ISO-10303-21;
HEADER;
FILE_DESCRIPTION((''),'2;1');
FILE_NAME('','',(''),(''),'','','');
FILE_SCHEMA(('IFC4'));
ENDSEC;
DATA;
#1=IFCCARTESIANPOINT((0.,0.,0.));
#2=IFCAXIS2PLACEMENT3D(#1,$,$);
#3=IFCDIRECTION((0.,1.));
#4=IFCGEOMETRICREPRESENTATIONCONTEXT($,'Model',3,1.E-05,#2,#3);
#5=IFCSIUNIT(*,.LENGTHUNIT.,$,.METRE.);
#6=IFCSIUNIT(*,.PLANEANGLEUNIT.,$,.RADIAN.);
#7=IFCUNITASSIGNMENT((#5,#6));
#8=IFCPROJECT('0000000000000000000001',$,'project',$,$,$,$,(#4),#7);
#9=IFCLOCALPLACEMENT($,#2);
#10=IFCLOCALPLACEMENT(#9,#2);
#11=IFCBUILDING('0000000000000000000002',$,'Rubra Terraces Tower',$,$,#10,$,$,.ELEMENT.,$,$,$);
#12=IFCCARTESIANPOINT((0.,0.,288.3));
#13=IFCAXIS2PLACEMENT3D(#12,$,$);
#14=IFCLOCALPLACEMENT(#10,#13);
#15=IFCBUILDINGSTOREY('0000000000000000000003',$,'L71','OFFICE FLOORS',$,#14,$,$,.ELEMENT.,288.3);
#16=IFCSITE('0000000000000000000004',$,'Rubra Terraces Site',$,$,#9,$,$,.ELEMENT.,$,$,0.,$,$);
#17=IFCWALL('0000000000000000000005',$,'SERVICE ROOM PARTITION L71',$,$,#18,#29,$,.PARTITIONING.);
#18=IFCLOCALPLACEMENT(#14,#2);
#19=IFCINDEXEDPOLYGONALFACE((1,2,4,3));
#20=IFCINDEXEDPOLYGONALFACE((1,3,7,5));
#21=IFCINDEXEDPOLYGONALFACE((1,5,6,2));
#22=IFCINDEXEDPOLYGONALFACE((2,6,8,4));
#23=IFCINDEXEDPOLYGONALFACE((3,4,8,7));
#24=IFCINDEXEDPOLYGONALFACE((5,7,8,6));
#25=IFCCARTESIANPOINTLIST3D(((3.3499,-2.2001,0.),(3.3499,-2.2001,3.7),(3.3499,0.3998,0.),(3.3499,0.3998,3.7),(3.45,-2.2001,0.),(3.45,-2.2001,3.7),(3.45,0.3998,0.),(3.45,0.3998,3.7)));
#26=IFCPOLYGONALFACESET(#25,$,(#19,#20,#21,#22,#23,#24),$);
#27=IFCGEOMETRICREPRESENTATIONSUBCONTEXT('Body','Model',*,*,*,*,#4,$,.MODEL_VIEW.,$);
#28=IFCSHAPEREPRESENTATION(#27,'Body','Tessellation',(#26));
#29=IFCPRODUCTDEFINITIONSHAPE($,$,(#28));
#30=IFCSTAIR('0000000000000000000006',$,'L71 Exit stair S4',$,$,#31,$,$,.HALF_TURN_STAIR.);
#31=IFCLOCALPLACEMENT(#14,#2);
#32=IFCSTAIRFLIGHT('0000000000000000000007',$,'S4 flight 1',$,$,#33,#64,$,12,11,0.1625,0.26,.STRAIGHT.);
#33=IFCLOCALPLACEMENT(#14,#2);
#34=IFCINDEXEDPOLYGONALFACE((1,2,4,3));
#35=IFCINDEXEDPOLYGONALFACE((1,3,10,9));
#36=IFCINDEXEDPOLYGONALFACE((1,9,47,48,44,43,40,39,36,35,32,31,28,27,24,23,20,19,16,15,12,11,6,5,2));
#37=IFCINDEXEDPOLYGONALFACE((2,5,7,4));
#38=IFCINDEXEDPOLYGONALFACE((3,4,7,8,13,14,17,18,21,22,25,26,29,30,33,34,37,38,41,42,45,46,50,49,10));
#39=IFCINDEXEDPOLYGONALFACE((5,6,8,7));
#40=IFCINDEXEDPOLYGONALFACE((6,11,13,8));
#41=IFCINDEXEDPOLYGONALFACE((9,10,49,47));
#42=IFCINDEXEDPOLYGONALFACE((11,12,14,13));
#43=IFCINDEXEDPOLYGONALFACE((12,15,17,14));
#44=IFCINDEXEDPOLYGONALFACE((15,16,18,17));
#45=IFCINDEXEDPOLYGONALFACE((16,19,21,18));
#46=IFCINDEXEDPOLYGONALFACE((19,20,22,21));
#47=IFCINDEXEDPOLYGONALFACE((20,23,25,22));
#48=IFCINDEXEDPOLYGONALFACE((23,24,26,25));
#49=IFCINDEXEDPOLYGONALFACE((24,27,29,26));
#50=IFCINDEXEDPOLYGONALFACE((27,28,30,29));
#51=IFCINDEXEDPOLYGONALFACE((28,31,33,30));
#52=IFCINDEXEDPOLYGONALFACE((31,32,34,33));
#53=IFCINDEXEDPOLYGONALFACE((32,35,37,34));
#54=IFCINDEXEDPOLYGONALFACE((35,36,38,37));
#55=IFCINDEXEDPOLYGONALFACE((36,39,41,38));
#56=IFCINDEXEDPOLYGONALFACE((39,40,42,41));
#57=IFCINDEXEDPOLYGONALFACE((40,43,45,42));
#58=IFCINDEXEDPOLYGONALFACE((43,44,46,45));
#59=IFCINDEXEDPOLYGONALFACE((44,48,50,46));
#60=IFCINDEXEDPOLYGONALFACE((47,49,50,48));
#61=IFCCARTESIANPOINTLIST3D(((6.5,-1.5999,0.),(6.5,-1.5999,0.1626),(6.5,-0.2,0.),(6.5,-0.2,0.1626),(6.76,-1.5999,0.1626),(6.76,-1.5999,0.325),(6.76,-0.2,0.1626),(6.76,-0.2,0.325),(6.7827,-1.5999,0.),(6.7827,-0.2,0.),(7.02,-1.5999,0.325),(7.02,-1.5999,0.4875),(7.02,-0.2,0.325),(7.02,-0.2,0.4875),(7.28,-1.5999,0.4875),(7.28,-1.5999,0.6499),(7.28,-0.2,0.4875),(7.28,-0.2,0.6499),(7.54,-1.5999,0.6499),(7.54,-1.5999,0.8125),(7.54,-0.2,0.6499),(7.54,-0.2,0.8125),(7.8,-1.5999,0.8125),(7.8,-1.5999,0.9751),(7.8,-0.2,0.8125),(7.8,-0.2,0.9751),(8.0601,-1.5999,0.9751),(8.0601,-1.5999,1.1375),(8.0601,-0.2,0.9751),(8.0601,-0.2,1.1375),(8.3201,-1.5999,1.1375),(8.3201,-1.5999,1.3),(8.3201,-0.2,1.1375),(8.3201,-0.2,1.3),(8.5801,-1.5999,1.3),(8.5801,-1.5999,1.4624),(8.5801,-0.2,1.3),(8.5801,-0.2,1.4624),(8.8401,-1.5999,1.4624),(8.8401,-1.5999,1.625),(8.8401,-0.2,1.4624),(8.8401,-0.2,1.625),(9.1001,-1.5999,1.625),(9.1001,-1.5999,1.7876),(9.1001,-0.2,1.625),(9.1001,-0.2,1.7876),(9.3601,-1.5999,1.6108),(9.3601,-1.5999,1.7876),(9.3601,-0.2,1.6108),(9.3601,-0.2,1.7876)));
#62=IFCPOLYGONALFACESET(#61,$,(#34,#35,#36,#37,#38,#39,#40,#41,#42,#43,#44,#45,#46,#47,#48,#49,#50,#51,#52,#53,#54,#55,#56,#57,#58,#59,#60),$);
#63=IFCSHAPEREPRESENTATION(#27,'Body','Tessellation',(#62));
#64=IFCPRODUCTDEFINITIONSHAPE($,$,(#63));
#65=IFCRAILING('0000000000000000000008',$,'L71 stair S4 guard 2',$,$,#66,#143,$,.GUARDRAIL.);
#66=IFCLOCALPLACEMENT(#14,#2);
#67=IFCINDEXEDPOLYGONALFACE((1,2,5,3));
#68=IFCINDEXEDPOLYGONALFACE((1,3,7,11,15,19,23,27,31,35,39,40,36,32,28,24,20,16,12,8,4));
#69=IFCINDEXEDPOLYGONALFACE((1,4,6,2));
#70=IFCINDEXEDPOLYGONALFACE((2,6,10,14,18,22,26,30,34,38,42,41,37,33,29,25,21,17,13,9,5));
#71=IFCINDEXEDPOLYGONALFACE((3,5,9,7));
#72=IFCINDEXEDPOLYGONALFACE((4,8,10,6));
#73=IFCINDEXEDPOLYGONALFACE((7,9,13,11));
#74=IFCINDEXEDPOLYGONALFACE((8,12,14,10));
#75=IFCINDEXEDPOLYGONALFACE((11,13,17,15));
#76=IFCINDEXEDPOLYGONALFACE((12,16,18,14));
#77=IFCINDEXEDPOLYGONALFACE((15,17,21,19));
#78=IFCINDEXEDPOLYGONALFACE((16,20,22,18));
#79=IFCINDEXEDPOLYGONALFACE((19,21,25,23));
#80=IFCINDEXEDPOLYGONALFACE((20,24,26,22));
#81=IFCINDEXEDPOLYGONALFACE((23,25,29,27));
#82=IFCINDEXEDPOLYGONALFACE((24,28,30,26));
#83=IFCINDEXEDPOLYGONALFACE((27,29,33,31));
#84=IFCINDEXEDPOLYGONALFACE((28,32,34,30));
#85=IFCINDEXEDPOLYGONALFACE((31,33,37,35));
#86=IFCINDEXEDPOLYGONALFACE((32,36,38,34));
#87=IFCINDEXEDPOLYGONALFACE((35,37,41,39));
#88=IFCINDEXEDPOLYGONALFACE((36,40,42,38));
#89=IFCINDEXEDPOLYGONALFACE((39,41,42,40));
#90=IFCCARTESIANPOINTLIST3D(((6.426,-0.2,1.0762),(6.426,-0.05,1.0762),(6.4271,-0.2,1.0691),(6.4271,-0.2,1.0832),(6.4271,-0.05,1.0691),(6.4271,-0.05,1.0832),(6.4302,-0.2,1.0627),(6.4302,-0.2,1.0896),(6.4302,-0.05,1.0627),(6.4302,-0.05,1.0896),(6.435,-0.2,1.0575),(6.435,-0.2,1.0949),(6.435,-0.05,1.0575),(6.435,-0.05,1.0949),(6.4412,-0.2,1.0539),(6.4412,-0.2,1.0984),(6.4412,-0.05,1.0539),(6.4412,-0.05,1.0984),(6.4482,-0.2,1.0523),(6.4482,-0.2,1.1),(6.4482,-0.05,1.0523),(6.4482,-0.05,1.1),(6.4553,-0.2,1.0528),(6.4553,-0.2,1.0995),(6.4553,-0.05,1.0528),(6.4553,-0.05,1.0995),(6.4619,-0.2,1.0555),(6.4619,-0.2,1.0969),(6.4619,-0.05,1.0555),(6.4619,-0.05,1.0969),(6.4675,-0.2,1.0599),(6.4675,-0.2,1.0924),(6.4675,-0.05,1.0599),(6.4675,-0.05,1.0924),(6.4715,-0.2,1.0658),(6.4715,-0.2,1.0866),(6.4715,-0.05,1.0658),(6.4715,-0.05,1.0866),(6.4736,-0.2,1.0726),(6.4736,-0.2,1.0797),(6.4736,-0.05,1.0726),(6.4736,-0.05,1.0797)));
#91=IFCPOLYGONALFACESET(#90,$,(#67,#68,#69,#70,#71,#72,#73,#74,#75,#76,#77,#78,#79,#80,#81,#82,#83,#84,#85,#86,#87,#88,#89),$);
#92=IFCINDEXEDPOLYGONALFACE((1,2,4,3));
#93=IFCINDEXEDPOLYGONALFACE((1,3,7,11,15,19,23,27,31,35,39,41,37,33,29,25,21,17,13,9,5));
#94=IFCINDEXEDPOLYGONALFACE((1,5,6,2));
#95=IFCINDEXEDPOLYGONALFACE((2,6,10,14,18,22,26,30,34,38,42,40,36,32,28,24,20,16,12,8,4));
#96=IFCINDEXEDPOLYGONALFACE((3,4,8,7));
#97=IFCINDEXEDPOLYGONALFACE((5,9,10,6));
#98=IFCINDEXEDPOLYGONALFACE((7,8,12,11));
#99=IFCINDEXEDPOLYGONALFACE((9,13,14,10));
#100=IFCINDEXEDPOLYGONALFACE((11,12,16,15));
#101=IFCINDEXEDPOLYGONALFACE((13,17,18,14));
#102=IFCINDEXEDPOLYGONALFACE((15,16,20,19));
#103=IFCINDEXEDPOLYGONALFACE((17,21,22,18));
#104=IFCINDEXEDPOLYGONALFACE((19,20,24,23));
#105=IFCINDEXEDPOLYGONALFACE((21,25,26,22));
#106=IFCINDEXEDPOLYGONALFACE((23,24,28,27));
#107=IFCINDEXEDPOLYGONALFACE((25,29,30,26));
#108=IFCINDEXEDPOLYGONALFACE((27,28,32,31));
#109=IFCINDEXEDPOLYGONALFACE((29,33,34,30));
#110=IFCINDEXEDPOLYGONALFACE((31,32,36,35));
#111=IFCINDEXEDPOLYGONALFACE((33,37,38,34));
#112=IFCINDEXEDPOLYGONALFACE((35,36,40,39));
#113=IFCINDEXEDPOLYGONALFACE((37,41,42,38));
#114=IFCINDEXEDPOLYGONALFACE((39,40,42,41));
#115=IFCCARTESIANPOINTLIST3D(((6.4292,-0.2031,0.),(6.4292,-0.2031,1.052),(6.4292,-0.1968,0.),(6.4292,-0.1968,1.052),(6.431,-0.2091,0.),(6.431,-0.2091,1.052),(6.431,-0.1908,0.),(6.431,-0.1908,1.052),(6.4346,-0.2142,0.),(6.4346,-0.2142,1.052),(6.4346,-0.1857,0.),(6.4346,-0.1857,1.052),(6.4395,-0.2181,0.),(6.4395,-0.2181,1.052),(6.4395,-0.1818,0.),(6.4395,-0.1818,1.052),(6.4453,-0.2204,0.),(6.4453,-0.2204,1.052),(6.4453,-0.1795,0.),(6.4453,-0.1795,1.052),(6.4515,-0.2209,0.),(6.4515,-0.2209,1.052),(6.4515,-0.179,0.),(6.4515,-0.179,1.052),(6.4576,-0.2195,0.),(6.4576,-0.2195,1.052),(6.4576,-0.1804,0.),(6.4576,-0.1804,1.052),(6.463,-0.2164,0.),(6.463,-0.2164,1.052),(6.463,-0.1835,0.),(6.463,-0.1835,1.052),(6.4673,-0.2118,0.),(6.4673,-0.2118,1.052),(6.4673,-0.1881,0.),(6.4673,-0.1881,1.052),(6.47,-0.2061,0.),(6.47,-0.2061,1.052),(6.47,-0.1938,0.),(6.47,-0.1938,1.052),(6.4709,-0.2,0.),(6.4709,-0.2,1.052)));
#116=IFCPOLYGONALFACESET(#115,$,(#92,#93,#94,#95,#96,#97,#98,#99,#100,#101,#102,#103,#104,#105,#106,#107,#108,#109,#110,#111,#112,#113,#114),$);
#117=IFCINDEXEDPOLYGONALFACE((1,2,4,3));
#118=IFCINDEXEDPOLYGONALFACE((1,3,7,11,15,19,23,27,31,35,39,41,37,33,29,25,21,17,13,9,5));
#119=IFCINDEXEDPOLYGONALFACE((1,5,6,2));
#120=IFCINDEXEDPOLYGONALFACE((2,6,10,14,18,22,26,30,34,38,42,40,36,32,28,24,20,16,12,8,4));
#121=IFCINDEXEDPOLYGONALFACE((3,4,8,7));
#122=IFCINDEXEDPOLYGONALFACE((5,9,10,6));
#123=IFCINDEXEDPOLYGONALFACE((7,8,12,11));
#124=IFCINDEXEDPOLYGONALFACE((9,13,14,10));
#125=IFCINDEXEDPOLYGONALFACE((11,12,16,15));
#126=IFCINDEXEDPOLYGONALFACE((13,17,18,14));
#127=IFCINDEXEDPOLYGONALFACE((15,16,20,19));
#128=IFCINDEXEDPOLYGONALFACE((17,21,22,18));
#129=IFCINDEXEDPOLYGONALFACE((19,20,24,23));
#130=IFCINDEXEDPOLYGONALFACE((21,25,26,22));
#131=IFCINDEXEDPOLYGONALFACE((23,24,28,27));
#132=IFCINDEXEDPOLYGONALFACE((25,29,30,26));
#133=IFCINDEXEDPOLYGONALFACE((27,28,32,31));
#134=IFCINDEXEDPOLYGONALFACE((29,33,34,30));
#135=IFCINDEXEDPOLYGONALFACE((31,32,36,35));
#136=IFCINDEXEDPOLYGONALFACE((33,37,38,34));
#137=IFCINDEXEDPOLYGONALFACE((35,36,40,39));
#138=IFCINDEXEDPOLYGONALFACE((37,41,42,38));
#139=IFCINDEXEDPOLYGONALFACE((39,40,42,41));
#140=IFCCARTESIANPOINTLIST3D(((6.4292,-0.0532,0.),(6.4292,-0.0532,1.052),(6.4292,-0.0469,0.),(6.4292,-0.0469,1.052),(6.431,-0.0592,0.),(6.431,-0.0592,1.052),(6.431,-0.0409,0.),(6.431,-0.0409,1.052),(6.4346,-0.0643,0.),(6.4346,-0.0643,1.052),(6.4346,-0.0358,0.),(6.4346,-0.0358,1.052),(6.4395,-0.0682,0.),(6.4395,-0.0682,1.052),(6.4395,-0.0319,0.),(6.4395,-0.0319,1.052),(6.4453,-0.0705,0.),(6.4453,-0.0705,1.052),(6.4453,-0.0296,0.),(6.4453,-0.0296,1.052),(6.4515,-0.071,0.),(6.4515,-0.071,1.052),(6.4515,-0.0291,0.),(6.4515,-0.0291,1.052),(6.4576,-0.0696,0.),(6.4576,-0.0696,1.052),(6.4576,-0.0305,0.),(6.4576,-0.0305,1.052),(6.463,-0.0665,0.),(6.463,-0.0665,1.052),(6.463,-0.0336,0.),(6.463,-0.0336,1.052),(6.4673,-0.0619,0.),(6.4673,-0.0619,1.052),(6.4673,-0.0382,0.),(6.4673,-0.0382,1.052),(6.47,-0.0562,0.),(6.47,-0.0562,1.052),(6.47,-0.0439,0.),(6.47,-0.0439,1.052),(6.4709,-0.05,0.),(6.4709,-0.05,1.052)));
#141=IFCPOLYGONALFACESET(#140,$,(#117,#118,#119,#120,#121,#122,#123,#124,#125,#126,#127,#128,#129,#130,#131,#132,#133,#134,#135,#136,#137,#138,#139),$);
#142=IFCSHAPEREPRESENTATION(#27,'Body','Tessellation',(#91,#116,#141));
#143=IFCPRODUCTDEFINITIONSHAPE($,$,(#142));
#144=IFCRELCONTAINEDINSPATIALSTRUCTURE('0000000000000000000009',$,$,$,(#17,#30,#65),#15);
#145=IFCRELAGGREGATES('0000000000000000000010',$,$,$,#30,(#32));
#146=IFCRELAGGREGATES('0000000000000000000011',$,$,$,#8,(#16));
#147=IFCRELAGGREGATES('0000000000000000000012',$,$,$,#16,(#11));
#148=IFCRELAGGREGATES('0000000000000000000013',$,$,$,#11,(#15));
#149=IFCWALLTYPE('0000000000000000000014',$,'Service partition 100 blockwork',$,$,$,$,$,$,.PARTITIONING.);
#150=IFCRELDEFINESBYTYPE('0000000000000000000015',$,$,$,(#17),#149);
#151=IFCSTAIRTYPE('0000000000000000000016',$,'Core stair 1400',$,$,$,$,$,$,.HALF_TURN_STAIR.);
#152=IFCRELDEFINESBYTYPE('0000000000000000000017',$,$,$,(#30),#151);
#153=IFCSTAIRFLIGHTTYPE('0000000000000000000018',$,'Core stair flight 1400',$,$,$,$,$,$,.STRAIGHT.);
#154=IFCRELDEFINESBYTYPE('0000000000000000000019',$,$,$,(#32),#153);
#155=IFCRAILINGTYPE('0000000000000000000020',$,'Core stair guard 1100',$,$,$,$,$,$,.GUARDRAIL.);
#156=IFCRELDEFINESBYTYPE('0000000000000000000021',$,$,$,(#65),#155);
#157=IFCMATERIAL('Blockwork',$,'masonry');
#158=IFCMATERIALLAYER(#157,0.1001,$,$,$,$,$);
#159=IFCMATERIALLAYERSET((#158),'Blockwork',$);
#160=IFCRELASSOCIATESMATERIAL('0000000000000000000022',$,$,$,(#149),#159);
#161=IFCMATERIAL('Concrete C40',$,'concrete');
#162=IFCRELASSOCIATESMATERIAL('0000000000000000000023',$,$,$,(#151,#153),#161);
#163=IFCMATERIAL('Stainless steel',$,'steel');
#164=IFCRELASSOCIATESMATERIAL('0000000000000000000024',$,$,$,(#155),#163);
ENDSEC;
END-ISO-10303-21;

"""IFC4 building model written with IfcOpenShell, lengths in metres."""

from ifc_helpers import new_model, si_unit, direction, frame, frame_2d, origin, origin_2d, place, context, subcontext, project, spatial, polyline, rectangle, circle, outline, extrude, material, layer, layer_set, type_object, element, aggregate, save


model = new_model("IFC4")

# Units and contexts
model_context = context("Model", 3, precision=1e-05, world=origin(), true_north=direction((0.0, 1.0)))
body_context = subcontext(model_context, "Body", "Model", "MODEL_VIEW")
ifc_project = project(units=[si_unit("LENGTHUNIT", "METRE"), si_unit("PLANEANGLEUNIT", "RADIAN")], contexts=[model_context])

# Site, building, storey
site_placement = place(None, origin())
site = spatial("IfcSite", under=ifc_project, at=site_placement, Name="Rubra Terraces Site", CompositionType="ELEMENT", RefElevation=0.0)
building_placement = place(site_placement, origin())
building = spatial("IfcBuilding", under=site, at=building_placement, Name="Rubra Terraces Tower", CompositionType="ELEMENT")
storey_placement = place(building_placement, frame((0.0, 0.0, 288.3)))
storey = spatial("IfcBuildingStorey", under=building, at=storey_placement, Name="L71", Description="OFFICE FLOORS", CompositionType="ELEMENT", Elevation=288.3)

# Wall
ifc_material_1 = material(Name="Concrete C40", Category="concrete")
ifc_material_2 = material(Name="Blockwork", Category="masonry")
ifc_layer_1 = layer(ifc_material_2, 0.1001)
ifc_layer_set_1 = layer_set([ifc_layer_1], Name="Blockwork")
wall_type_1 = type_object("IfcWallType", Name="Service partition 100 blockwork", PredefinedType="PARTITIONING", material=ifc_layer_set_1)
for number, where, z_axis, x_axis, name in (
    (1, (3.3999, -2.2, 0.0), (0.0, 0.0, 1.0), (0.0, 1.0, 0.0), "SERVICE ROOM PARTITION L71"),
):
    element("IfcWall", number, at=place(storey_placement, frame(where, z_axis=z_axis, x_axis=x_axis)), inside=storey, type_object=wall_type_1, Name=name, PredefinedType="PARTITIONING", context=body_context, shape_type="SweptSolid", body=[
        extrude(rectangle(XDim=2.5999, YDim=0.1001, at=frame_2d((1.2998, 0.0))), origin(), (0.0, 0.0, 1.0), 3.7),
    ])

# Stair, stair flight
stair_type = type_object("IfcStairType", Name="Core stair 1400", PredefinedType="HALF_TURN_STAIR", material=ifc_material_1)
stair_placement = place(storey_placement, origin())
stair = element("IfcStair", 2, at=stair_placement, inside=storey, type_object=stair_type, Name="L71 Exit stair S4", PredefinedType="HALF_TURN_STAIR")
stair_flight_type = type_object("IfcStairFlightType", Name="Core stair flight 1400", PredefinedType="STRAIGHT", material=ifc_material_1)
stair_flight_placement = place(storey_placement, frame((6.5, -0.8999, 0.0), z_axis=(0.0, 0.0, 1.0), x_axis=(1.0, 0.0, 0.0)))
stair_flight = element("IfcStairFlight", 3, at=stair_flight_placement, type_object=stair_flight_type, Name="S4 flight 1", NumberOfRisers=12, NumberOfTreads=11, PredefinedType="STRAIGHT", RiserHeight=0.1625, TreadLength=0.26, context=body_context, shape_type="SweptSolid", body=[
    extrude(outline(polyline([(0.0, 0.0), (0.0, 0.1626), (0.26, 0.1626), (0.26, 0.325), (0.52, 0.325), (0.52, 0.4875), (0.78, 0.4875), (0.78, 0.6499), (1.04, 0.6499), (1.04, 0.8125), (1.3, 0.8125), (1.3, 0.9751), (1.5601, 0.9751), (1.5601, 1.1375), (1.8201, 1.1375), (1.8201, 1.3), (2.0801, 1.3), (2.0801, 1.4624), (2.3401, 1.4624), (2.3401, 1.625), (2.6001, 1.625), (2.6001, 1.7876), (2.8601, 1.7876), (2.8601, 1.95), (2.8601, 1.6108), (0.2827, 0.0), (0.0, 0.0)])), frame((0.0, 0.7, 0.0), z_axis=(0.0, -1.0, 0.0), x_axis=(1.0, 0.0, 0.0)), (0.0, 0.0, 1.0), 1.3999),
])
aggregate(stair, [stair_flight])

# Railing
ifc_material_3 = material(Name="Stainless steel", Category="steel")
railing_type_1 = type_object("IfcRailingType", Name="Core stair guard 1100", PredefinedType="GUARDRAIL", material=ifc_material_3)
railing_1_placement = place(storey_placement, frame((6.45, -0.2, 0.0)))
element("IfcRailing", 4, at=railing_1_placement, inside=storey, type_object=railing_type_1, Name="L71 stair S4 guard 2", PredefinedType="GUARDRAIL", context=body_context, shape_type="SweptSolid", body=[
    extrude(circle(Radius=0.0239, at=origin_2d()), frame((0.0, 0.0, 1.0762), z_axis=(0.0, 1.0, 0.0), x_axis=(-1.0, 0.0, 0.0)), (0.0, 0.0, 1.0), 0.1499),
    extrude(circle(Radius=0.021, at=origin_2d()), origin(), (0.0, 0.0, 1.0), 1.052),
    extrude(circle(Radius=0.021, at=origin_2d()), frame((0.0, 0.1499, 0.0)), (0.0, 0.0, 1.0), 1.052),
])

save(model, "model.ifc")
